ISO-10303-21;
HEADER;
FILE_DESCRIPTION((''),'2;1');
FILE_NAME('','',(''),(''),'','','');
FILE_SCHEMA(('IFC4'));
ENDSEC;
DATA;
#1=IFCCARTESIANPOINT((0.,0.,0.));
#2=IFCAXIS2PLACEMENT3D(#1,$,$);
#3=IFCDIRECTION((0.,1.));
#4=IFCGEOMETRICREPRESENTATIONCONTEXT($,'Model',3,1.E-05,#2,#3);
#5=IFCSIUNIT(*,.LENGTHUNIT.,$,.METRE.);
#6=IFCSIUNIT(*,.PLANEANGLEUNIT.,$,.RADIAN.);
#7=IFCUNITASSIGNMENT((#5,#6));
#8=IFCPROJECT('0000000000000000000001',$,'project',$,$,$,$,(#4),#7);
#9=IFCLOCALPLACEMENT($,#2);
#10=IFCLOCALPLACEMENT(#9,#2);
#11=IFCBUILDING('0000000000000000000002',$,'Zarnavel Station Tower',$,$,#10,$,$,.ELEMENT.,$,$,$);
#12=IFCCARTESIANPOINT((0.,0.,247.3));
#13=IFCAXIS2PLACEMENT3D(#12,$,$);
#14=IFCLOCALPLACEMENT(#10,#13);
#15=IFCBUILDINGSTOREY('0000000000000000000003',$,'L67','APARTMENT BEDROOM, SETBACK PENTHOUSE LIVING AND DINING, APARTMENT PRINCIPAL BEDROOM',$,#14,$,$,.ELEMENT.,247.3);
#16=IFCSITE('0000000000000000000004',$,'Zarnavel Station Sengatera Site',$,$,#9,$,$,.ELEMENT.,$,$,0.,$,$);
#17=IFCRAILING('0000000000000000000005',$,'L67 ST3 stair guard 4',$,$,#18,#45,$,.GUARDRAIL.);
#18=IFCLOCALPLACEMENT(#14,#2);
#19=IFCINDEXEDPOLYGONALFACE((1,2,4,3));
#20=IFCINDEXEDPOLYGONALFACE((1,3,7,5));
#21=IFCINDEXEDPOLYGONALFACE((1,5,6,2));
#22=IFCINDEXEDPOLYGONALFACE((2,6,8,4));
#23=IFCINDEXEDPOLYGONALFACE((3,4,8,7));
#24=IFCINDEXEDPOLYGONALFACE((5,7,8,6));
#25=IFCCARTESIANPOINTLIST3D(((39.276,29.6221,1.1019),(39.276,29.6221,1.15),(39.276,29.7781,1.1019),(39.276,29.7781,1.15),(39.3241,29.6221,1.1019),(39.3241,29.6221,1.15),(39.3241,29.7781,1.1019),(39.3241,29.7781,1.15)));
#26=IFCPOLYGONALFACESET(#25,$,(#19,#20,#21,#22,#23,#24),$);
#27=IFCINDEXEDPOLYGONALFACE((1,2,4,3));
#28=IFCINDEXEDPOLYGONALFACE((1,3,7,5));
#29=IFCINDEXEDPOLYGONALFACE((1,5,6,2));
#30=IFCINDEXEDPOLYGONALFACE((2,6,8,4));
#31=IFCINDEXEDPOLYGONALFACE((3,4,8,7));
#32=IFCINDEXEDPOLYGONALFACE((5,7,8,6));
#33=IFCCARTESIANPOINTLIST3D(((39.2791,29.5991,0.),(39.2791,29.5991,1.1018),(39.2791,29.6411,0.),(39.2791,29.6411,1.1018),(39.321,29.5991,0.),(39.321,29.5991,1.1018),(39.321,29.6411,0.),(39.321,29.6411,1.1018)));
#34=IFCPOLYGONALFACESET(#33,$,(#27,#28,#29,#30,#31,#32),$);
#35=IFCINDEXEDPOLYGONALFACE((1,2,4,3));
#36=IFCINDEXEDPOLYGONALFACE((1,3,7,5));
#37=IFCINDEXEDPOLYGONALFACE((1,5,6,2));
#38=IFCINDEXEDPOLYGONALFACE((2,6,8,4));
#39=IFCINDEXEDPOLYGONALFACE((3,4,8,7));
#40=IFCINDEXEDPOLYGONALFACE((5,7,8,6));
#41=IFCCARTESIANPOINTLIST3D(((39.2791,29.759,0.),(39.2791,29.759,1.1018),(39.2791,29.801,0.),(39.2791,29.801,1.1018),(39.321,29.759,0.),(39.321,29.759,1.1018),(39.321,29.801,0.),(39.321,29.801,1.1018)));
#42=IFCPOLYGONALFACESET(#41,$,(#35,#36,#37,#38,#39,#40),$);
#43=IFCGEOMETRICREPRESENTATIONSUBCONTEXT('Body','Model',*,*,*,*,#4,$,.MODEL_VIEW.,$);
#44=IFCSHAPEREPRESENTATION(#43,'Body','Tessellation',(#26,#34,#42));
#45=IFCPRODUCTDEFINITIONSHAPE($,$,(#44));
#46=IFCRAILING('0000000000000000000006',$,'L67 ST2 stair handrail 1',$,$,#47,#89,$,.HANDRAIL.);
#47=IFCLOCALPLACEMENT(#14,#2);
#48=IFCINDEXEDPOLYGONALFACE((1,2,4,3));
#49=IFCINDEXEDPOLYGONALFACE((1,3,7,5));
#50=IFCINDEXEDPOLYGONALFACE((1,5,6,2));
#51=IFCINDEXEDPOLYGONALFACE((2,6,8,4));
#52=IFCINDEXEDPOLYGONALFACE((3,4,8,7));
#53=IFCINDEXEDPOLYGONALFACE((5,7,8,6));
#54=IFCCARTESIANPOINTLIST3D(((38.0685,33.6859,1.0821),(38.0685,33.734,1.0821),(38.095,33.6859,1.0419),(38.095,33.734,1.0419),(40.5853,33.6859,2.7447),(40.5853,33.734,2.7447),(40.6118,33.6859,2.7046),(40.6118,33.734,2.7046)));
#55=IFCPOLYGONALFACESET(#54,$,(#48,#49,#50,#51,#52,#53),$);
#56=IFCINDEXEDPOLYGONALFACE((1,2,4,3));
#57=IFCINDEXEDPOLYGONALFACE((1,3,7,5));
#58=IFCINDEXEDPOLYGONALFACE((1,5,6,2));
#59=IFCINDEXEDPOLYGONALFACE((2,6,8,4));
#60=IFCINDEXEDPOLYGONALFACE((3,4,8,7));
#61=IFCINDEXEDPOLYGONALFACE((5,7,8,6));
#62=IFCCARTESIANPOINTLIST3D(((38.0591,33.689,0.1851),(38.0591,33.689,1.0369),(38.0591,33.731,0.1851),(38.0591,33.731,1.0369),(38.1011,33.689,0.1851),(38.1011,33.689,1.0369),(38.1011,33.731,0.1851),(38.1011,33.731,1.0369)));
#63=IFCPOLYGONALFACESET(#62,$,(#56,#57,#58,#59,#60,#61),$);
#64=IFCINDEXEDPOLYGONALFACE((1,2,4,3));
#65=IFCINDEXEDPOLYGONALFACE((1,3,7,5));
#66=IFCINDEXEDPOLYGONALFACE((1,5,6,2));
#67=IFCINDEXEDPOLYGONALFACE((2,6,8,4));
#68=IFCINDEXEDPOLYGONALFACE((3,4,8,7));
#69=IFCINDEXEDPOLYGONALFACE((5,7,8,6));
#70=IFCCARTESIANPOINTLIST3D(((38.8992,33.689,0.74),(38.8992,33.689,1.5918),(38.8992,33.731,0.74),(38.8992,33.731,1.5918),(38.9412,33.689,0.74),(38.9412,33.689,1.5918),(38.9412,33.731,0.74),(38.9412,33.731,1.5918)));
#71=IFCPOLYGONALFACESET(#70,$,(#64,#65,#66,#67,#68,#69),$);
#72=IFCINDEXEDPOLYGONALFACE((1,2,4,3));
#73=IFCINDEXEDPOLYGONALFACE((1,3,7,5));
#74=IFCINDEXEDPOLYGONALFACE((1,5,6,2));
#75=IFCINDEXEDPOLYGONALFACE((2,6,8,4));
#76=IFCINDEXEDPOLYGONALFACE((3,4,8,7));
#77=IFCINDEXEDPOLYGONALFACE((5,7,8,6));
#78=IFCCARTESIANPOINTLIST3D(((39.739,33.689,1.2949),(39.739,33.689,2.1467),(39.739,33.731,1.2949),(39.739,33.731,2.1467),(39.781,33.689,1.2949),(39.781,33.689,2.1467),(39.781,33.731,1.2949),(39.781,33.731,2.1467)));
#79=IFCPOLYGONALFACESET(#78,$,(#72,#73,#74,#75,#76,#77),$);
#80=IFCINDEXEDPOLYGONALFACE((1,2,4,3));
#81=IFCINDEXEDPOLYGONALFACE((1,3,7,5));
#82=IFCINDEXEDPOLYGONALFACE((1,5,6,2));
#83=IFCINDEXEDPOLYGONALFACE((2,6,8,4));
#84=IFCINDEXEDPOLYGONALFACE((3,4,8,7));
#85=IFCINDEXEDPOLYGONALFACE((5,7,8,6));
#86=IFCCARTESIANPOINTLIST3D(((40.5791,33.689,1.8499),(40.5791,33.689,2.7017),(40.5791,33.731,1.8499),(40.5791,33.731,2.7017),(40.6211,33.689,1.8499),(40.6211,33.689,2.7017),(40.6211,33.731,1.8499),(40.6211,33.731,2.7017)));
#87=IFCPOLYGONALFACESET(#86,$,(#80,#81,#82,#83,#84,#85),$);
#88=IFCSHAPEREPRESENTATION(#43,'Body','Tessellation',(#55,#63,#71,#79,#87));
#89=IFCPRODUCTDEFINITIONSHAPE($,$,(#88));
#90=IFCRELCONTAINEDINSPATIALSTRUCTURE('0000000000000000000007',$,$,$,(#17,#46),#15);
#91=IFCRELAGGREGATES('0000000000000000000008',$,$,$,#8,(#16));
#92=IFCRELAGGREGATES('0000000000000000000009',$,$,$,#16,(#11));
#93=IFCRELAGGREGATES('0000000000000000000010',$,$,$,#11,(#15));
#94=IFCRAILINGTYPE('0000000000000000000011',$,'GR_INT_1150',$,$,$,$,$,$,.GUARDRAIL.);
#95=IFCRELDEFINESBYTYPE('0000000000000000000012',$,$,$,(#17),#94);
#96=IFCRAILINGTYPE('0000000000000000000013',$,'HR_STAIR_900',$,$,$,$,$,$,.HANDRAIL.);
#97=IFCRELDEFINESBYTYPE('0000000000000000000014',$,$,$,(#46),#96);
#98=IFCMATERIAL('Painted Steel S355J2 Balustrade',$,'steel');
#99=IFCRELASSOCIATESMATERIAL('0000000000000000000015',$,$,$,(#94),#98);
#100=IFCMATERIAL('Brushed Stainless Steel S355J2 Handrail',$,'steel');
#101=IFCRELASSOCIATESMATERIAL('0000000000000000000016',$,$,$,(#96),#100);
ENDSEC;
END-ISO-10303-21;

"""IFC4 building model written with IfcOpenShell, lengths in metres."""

from ifc_helpers import new_model, si_unit, direction, frame, origin, origin_2d, place, context, subcontext, project, spatial, rectangle, extrude, material, type_object, element, save


model = new_model("IFC4")

# Units and contexts
model_context = context("Model", 3, precision=1e-05, world=origin(), true_north=direction((0.0, 1.0)))
body_context = subcontext(model_context, "Body", "Model", "MODEL_VIEW")
ifc_project = project(units=[si_unit("LENGTHUNIT", "METRE"), si_unit("PLANEANGLEUNIT", "RADIAN")], contexts=[model_context])

# Site, building, storey
site_placement = place(None, origin())
site = spatial("IfcSite", under=ifc_project, at=site_placement, Name="Zarnavel Station Sengatera Site", CompositionType="ELEMENT", RefElevation=0.0)
building_placement = place(site_placement, origin())
building = spatial("IfcBuilding", under=site, at=building_placement, Name="Zarnavel Station Tower", CompositionType="ELEMENT")
storey_placement = place(building_placement, frame((0.0, 0.0, 247.3)))
storey = spatial("IfcBuildingStorey", under=building, at=storey_placement, Name="L67", Description="APARTMENT BEDROOM, SETBACK PENTHOUSE LIVING AND DINING, APARTMENT PRINCIPAL BEDROOM", CompositionType="ELEMENT", Elevation=247.3)

# Railings
ifc_material_1 = material(Name="Painted Steel S355J2 Balustrade", Category="steel")
railing_type_1 = type_object("IfcRailingType", Name="GR_INT_1150", PredefinedType="GUARDRAIL", material=ifc_material_1)
railing_1_placement = place(storey_placement, frame((39.3, 29.6201, 0.0)))
element("IfcRailing", 1, at=railing_1_placement, inside=storey, type_object=railing_type_1, Name="L67 ST3 stair guard 4", PredefinedType="GUARDRAIL", context=body_context, shape_type="SweptSolid", body=[
    extrude(rectangle(XDim=0.0481, YDim=0.0481, at=origin_2d()), frame((0.0, 0.002, 1.126), z_axis=(0.0, 1.0, 0.0), x_axis=(-1.0, 0.0, 0.0)), (0.0, 0.0, 1.0), 0.156),
    extrude(rectangle(XDim=0.042, YDim=0.042, at=origin_2d()), origin(), (0.0, 0.0, 1.0), 1.1018),
    extrude(rectangle(XDim=0.042, YDim=0.042, at=origin_2d()), frame((0.0, 0.1599, 0.0)), (0.0, 0.0, 1.0), 1.1018),
])
ifc_material_2 = material(Name="Brushed Stainless Steel S355J2 Handrail", Category="steel")
railing_type_2 = type_object("IfcRailingType", Name="HR_STAIR_900", PredefinedType="HANDRAIL", material=ifc_material_2)
railing_2_placement = place(storey_placement, frame((38.0801, 33.71, 0.1851)))
element("IfcRailing", 2, at=railing_2_placement, inside=storey, type_object=railing_type_2, Name="L67 ST2 stair handrail 1", PredefinedType="HANDRAIL", context=body_context, shape_type="SweptSolid", body=[
    extrude(rectangle(XDim=0.0481, YDim=0.0481, at=origin_2d()), frame((0.0017, 0.0, 0.877), z_axis=(0.834369, 0.0, 0.551207), x_axis=(0.0, 1.0, 0.0)), (0.0, 0.0, 1.0), 3.0164),
    extrude(rectangle(XDim=0.042, YDim=0.042, at=origin_2d()), origin(), (0.0, 0.0, 1.0), 0.8518),
    extrude(rectangle(XDim=0.042, YDim=0.042, at=origin_2d()), frame((0.8401, 0.0, 0.5549)), (0.0, 0.0, 1.0), 0.8518),
    extrude(rectangle(XDim=0.042, YDim=0.042, at=origin_2d()), frame((1.6799, 0.0, 1.1099)), (0.0, 0.0, 1.0), 0.8518),
    extrude(rectangle(XDim=0.042, YDim=0.042, at=origin_2d()), frame((2.52, 0.0, 1.6648)), (0.0, 0.0, 1.0), 0.8518),
])

save(model, "model.ifc")
